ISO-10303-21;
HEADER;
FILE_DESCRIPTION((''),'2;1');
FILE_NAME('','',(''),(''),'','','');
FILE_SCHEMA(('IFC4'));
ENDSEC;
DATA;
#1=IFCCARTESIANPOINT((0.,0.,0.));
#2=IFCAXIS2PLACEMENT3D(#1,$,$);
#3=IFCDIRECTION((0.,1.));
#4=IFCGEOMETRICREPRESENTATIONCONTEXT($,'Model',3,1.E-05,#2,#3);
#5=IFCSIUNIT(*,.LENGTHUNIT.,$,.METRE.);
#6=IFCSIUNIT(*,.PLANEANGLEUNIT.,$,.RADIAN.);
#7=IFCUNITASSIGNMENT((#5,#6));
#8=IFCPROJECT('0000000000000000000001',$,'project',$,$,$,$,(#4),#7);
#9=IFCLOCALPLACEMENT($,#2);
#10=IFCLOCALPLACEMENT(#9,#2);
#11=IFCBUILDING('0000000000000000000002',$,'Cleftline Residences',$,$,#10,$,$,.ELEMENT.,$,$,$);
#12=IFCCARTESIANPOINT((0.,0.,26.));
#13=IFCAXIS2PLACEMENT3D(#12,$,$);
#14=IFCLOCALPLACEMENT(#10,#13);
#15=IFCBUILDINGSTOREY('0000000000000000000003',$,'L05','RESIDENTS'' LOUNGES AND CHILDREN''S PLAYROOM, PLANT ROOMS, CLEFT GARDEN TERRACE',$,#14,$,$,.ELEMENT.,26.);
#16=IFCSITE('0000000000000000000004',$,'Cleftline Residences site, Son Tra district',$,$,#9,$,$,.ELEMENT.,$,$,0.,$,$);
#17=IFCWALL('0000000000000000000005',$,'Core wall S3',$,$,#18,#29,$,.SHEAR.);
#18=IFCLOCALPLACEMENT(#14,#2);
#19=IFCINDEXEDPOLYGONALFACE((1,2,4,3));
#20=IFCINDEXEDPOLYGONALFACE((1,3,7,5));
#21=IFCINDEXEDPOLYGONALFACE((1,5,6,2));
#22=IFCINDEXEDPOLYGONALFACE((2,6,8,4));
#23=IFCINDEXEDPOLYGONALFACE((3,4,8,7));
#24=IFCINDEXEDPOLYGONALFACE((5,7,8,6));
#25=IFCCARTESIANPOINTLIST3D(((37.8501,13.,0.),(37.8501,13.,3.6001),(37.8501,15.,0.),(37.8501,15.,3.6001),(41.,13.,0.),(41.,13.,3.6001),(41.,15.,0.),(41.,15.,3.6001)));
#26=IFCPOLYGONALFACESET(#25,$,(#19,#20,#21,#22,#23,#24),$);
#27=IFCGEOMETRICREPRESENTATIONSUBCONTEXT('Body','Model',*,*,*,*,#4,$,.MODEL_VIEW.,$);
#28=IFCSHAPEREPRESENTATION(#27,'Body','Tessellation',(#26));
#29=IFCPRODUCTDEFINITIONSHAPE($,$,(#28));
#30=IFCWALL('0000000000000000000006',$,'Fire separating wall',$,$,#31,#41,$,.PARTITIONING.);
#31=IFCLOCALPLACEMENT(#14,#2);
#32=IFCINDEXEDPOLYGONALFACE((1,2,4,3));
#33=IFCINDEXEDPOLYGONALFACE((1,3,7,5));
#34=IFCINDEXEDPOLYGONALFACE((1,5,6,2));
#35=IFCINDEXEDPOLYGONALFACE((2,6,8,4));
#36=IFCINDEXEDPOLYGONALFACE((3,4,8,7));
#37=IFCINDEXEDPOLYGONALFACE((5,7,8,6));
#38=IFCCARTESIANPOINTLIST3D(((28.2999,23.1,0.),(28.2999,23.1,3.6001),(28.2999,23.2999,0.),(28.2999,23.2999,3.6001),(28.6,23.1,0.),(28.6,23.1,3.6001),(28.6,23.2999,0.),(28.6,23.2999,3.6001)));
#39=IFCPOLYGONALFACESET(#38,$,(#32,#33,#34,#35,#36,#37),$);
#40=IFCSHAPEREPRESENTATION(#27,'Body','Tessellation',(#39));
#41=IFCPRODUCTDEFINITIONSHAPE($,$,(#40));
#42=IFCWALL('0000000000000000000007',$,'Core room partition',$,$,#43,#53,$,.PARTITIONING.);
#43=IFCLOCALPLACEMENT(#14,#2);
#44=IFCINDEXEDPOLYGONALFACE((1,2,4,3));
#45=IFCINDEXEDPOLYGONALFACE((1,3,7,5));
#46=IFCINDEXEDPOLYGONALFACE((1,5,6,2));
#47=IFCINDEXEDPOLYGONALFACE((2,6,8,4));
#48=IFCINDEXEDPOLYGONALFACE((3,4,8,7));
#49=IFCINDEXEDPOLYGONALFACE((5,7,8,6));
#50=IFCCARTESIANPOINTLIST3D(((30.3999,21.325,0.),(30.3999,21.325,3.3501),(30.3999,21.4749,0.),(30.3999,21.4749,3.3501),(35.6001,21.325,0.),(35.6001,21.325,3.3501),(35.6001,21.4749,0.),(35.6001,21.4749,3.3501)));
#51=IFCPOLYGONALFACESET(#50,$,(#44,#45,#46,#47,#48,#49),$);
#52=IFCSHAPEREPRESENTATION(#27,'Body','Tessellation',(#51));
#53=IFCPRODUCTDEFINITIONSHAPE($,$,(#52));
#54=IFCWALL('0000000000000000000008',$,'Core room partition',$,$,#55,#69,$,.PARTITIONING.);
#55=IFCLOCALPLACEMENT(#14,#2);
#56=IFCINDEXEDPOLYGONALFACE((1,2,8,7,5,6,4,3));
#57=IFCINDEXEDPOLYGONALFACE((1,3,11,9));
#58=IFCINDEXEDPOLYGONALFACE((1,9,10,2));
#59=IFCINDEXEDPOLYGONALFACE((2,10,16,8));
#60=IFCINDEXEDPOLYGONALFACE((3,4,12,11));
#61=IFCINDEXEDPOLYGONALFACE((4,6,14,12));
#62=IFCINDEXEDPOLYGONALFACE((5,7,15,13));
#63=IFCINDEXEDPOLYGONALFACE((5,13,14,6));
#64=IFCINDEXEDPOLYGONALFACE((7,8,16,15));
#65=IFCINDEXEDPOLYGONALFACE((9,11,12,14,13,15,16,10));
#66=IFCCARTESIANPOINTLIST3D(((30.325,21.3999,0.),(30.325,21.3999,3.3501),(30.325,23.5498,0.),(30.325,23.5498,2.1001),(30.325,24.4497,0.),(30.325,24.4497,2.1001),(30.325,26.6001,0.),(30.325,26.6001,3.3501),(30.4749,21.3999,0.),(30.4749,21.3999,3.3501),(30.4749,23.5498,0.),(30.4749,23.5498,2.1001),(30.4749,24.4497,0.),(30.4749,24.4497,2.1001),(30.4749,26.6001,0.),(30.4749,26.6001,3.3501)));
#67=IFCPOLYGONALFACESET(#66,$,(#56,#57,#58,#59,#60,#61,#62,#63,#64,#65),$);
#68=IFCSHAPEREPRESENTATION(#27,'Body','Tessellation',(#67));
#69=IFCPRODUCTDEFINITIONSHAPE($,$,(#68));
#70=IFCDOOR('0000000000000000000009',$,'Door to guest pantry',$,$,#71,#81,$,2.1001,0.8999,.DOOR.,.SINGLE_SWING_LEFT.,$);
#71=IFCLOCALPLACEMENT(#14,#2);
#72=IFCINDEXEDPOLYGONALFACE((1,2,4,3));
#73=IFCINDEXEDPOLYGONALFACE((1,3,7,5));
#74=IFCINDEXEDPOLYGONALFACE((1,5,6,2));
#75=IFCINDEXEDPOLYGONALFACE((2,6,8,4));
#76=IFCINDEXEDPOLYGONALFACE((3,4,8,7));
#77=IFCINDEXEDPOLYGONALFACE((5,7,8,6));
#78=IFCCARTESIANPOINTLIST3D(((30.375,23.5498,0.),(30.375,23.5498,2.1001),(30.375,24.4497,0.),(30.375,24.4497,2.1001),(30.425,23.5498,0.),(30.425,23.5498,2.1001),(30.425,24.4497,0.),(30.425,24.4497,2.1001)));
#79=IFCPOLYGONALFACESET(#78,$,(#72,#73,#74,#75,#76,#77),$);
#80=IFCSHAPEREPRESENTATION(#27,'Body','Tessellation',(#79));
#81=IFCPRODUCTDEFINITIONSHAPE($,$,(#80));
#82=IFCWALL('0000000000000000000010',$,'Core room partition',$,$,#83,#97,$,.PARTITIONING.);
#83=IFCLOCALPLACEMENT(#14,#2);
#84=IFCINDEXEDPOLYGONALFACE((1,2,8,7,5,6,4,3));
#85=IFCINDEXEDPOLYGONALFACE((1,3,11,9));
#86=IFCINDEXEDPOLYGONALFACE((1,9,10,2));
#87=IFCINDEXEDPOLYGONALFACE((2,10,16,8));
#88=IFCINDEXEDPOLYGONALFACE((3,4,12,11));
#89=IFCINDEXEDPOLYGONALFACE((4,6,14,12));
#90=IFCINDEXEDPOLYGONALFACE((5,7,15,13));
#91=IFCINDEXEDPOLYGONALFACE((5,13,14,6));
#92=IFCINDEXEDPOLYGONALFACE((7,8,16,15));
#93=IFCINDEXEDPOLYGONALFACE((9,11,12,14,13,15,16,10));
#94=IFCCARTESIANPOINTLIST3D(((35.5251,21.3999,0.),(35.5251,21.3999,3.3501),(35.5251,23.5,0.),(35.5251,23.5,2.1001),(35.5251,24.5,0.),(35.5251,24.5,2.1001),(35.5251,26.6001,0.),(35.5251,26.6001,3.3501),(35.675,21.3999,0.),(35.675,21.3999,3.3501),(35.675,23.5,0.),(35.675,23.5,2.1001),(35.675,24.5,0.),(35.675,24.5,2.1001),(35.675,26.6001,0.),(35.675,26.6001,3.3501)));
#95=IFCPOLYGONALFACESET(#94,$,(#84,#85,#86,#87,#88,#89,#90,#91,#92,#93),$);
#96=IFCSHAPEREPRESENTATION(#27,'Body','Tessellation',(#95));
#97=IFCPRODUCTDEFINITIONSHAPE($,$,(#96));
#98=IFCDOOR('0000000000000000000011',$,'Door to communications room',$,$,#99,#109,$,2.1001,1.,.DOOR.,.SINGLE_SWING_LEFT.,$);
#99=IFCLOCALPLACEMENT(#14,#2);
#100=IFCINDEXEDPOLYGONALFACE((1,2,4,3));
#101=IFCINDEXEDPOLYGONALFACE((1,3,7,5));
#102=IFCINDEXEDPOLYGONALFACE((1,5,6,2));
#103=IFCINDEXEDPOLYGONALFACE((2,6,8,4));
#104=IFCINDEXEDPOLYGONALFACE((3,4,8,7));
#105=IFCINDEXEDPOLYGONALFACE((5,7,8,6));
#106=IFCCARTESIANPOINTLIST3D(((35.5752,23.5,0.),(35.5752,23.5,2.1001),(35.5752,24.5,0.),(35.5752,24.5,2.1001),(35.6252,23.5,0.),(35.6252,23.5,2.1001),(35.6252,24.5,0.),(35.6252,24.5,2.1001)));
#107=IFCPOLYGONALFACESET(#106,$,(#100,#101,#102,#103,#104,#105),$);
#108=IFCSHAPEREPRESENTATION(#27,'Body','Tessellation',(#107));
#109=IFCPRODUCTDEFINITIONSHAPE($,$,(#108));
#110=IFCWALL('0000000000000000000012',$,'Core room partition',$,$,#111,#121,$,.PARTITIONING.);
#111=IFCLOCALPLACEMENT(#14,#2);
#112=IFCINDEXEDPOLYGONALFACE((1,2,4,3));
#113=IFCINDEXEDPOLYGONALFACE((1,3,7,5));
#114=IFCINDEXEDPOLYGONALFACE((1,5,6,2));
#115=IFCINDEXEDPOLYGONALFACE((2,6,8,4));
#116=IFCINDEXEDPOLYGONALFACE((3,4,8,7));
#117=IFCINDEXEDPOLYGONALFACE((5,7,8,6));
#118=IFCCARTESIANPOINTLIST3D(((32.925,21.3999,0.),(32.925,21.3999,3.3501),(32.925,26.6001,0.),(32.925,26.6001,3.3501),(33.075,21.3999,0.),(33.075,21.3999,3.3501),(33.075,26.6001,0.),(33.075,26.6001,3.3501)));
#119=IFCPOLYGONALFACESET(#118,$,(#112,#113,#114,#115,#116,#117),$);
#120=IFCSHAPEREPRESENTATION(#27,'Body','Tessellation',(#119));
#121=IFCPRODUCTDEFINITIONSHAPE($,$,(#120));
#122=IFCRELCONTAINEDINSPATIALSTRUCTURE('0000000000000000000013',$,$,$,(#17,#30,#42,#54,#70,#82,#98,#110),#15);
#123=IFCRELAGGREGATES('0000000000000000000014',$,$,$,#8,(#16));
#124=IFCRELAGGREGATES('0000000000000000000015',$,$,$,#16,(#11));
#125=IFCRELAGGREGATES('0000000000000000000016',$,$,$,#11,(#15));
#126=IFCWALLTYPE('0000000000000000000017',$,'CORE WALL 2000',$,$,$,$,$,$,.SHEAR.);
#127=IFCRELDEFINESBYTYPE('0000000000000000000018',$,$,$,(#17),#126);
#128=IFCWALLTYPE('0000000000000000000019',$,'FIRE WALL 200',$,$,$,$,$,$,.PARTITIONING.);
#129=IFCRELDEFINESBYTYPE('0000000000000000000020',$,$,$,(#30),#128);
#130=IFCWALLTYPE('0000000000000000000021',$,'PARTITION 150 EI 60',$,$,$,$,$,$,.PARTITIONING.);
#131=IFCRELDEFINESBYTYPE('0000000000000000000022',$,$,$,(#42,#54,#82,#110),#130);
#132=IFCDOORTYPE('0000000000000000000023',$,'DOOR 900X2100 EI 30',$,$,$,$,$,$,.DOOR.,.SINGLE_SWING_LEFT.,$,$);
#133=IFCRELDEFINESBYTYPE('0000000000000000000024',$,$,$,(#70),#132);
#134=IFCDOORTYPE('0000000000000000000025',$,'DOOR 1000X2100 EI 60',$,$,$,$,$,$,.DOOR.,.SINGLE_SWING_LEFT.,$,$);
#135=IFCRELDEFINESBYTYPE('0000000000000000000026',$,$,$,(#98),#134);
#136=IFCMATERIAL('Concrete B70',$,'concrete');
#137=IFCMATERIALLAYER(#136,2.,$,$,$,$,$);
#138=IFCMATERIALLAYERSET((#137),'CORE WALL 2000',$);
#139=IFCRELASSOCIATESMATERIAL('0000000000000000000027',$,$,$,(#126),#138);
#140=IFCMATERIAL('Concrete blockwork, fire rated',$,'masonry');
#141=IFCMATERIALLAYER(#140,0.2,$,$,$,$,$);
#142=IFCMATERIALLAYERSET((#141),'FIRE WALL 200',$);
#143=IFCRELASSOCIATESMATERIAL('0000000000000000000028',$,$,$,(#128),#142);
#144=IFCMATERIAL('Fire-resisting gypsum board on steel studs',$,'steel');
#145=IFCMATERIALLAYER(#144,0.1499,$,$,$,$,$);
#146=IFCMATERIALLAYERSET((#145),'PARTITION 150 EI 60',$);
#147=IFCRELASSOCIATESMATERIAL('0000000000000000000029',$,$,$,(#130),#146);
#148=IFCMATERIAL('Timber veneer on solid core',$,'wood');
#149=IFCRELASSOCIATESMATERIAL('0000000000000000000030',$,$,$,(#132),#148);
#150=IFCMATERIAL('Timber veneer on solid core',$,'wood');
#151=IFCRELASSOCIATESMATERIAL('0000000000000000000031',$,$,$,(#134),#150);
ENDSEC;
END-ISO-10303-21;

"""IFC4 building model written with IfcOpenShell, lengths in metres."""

from ifc_helpers import new_model, si_unit, direction, frame, frame_2d, origin, place, context, subcontext, project, spatial, rectangle, extrude, material, layer, layer_set, type_object, element, fill, save


model = new_model("IFC4")

# Units and contexts
model_context = context("Model", 3, precision=1e-05, world=origin(), true_north=direction((0.0, 1.0)))
body_context = subcontext(model_context, "Body", "Model", "MODEL_VIEW")
ifc_project = project(units=[si_unit("LENGTHUNIT", "METRE"), si_unit("PLANEANGLEUNIT", "RADIAN")], contexts=[model_context])

# Site, building, storey
site_placement = place(None, origin())
site = spatial("IfcSite", under=ifc_project, at=site_placement, Name="Cleftline Residences site, Son Tra district", CompositionType="ELEMENT", RefElevation=0.0)
building_placement = place(site_placement, origin())
building = spatial("IfcBuilding", under=site, at=building_placement, Name="Cleftline Residences", CompositionType="ELEMENT")
storey_placement = place(building_placement, frame((0.0, 0.0, 26.0)))
storey = spatial("IfcBuildingStorey", under=building, at=storey_placement, Name="L05", Description="RESIDENTS' LOUNGES AND CHILDREN'S PLAYROOM, PLANT ROOMS, CLEFT GARDEN TERRACE", CompositionType="ELEMENT", Elevation=26.0)

# Walls
ifc_material_1 = material(Name="Concrete B70", Category="concrete")
ifc_layer_1 = layer(ifc_material_1, 2.0)
ifc_layer_set_1 = layer_set([ifc_layer_1], Name="CORE WALL 2000")
wall_type_1 = type_object("IfcWallType", Name="CORE WALL 2000", PredefinedType="SHEAR", material=ifc_layer_set_1)
wall_1_placement = place(storey_placement, frame((37.8501, 14.0, 0.0), z_axis=(0.0, 0.0, 1.0), x_axis=(1.0, 0.0, 0.0)))
element("IfcWall", 1, at=wall_1_placement, inside=storey, type_object=wall_type_1, Name="Core wall S3", PredefinedType="SHEAR", context=body_context, shape_type="SweptSolid", body=[
    extrude(rectangle(XDim=3.1499, YDim=2.0, at=frame_2d((1.575, 0.0))), origin(), (0.0, 0.0, 1.0), 3.6001),
])
ifc_material_2 = material(Name="Concrete blockwork, fire rated", Category="masonry")
ifc_layer_2 = layer(ifc_material_2, 0.2)
ifc_layer_set_2 = layer_set([ifc_layer_2], Name="FIRE WALL 200")
wall_type_2 = type_object("IfcWallType", Name="FIRE WALL 200", PredefinedType="PARTITIONING", material=ifc_layer_set_2)
wall_2_placement = place(storey_placement, frame((28.3, 23.2, 0.0), z_axis=(0.0, 0.0, 1.0), x_axis=(1.0, 0.0, 0.0)))
element("IfcWall", 2, at=wall_2_placement, inside=storey, type_object=wall_type_2, Name="Fire separating wall", PredefinedType="PARTITIONING", context=body_context, shape_type="SweptSolid", body=[
    extrude(rectangle(XDim=0.3, YDim=0.2, at=frame_2d((0.1499, 0.0))), origin(), (0.0, 0.0, 1.0), 3.6001),
])
ifc_material_3 = material(Name="Fire-resisting gypsum board on steel studs", Category="steel")
ifc_layer_3 = layer(ifc_material_3, 0.1499)
ifc_layer_set_3 = layer_set([ifc_layer_3], Name="PARTITION 150 EI 60")
wall_type_3 = type_object("IfcWallType", Name="PARTITION 150 EI 60", PredefinedType="PARTITIONING", material=ifc_layer_set_3)
wall_3_placement = place(storey_placement, frame((30.3999, 21.3999, 0.0), z_axis=(0.0, 0.0, 1.0), x_axis=(1.0, 0.0, 0.0)))
element("IfcWall", 3, at=wall_3_placement, inside=storey, type_object=wall_type_3, Name="Core room partition", PredefinedType="PARTITIONING", context=body_context, shape_type="SweptSolid", body=[
    extrude(rectangle(XDim=5.2002, YDim=0.1499, at=frame_2d((2.6001, 0.0))), origin(), (0.0, 0.0, 1.0), 3.3501),
])

# Walls, openings, doors
wall_4_placement = place(storey_placement, frame((30.3999, 21.3999, 0.0), z_axis=(0.0, 0.0, 1.0), x_axis=(0.0, 1.0, 0.0)))
wall_4 = element("IfcWall", 4, at=wall_4_placement, inside=storey, type_object=wall_type_3, Name="Core room partition", PredefinedType="PARTITIONING", context=body_context, shape_type="SweptSolid", body=[
    extrude(rectangle(XDim=5.2002, YDim=0.1499, at=frame_2d((2.6001, 0.0))), origin(), (0.0, 0.0, 1.0), 3.3501),
])
opening_1_placement = place(wall_4_placement, frame((2.1499, 0.0, 0.0)))
opening_1 = element("IfcOpeningElement", 5, at=opening_1_placement, cuts=wall_4, PredefinedType="OPENING", context=body_context, shape_type="SweptSolid", body=[
    extrude(rectangle(XDim=0.8999, YDim=2.1001, at=frame_2d((0.45, 1.05))), frame((0.0, 0.085, 0.0), z_axis=(0.0, -1.0, 0.0), x_axis=(1.0, 0.0, 0.0)), (0.0, 0.0, 1.0), 0.1699),
])
ifc_material_4 = material(Name="Timber veneer on solid core", Category="wood")
door_type_1 = type_object("IfcDoorType", Name="DOOR 900X2100 EI 30", OperationType="SINGLE_SWING_LEFT", PredefinedType="DOOR", material=ifc_material_4)
door_1_placement = place(opening_1_placement, origin())
door_1 = element("IfcDoor", 6, at=door_1_placement, inside=storey, type_object=door_type_1, Name="Door to guest pantry", OperationType="SINGLE_SWING_LEFT", OverallHeight=2.1001, OverallWidth=0.8999, PredefinedType="DOOR", context=body_context, shape_type="SweptSolid", body=[
    extrude(rectangle(XDim=0.8999, YDim=2.1001, at=frame_2d((0.45, 1.05))), frame((0.0, 0.0249, 0.0), z_axis=(0.0, -1.0, 0.0), x_axis=(1.0, 0.0, 0.0)), (0.0, 0.0, 1.0), 0.05),
])
fill(opening_1, door_1)
wall_5_placement = place(storey_placement, frame((35.6001, 21.3999, 0.0), z_axis=(0.0, 0.0, 1.0), x_axis=(0.0, 1.0, 0.0)))
wall_5 = element("IfcWall", 7, at=wall_5_placement, inside=storey, type_object=wall_type_3, Name="Core room partition", PredefinedType="PARTITIONING", context=body_context, shape_type="SweptSolid", body=[
    extrude(rectangle(XDim=5.2002, YDim=0.1499, at=frame_2d((2.6001, 0.0))), origin(), (0.0, 0.0, 1.0), 3.3501),
])
opening_2_placement = place(wall_5_placement, frame((2.1001, 0.0, 0.0)))
opening_2 = element("IfcOpeningElement", 8, at=opening_2_placement, cuts=wall_5, PredefinedType="OPENING", context=body_context, shape_type="SweptSolid", body=[
    extrude(rectangle(XDim=1.0, YDim=2.1001, at=frame_2d((0.5, 1.05))), frame((0.0, 0.085, 0.0), z_axis=(0.0, -1.0, 0.0), x_axis=(1.0, 0.0, 0.0)), (0.0, 0.0, 1.0), 0.1699),
])
ifc_material_5 = material(Name="Timber veneer on solid core", Category="wood")
door_type_2 = type_object("IfcDoorType", Name="DOOR 1000X2100 EI 60", OperationType="SINGLE_SWING_LEFT", PredefinedType="DOOR", material=ifc_material_5)
door_2_placement = place(opening_2_placement, origin())
door_2 = element("IfcDoor", 9, at=door_2_placement, inside=storey, type_object=door_type_2, Name="Door to communications room", OperationType="SINGLE_SWING_LEFT", OverallHeight=2.1001, OverallWidth=1.0, PredefinedType="DOOR", context=body_context, shape_type="SweptSolid", body=[
    extrude(rectangle(XDim=1.0, YDim=2.1001, at=frame_2d((0.5, 1.05))), frame((0.0, 0.0249, 0.0), z_axis=(0.0, -1.0, 0.0), x_axis=(1.0, 0.0, 0.0)), (0.0, 0.0, 1.0), 0.05),
])
fill(opening_2, door_2)

# Wall
wall_6_placement = place(storey_placement, frame((33.0, 21.3999, 0.0), z_axis=(0.0, 0.0, 1.0), x_axis=(0.0, 1.0, 0.0)))
element("IfcWall", 10, at=wall_6_placement, inside=storey, type_object=wall_type_3, Name="Core room partition", PredefinedType="PARTITIONING", context=body_context, shape_type="SweptSolid", body=[
    extrude(rectangle(XDim=5.2002, YDim=0.1499, at=frame_2d((2.6001, 0.0))), origin(), (0.0, 0.0, 1.0), 3.3501),
])

save(model, "model.ifc")
